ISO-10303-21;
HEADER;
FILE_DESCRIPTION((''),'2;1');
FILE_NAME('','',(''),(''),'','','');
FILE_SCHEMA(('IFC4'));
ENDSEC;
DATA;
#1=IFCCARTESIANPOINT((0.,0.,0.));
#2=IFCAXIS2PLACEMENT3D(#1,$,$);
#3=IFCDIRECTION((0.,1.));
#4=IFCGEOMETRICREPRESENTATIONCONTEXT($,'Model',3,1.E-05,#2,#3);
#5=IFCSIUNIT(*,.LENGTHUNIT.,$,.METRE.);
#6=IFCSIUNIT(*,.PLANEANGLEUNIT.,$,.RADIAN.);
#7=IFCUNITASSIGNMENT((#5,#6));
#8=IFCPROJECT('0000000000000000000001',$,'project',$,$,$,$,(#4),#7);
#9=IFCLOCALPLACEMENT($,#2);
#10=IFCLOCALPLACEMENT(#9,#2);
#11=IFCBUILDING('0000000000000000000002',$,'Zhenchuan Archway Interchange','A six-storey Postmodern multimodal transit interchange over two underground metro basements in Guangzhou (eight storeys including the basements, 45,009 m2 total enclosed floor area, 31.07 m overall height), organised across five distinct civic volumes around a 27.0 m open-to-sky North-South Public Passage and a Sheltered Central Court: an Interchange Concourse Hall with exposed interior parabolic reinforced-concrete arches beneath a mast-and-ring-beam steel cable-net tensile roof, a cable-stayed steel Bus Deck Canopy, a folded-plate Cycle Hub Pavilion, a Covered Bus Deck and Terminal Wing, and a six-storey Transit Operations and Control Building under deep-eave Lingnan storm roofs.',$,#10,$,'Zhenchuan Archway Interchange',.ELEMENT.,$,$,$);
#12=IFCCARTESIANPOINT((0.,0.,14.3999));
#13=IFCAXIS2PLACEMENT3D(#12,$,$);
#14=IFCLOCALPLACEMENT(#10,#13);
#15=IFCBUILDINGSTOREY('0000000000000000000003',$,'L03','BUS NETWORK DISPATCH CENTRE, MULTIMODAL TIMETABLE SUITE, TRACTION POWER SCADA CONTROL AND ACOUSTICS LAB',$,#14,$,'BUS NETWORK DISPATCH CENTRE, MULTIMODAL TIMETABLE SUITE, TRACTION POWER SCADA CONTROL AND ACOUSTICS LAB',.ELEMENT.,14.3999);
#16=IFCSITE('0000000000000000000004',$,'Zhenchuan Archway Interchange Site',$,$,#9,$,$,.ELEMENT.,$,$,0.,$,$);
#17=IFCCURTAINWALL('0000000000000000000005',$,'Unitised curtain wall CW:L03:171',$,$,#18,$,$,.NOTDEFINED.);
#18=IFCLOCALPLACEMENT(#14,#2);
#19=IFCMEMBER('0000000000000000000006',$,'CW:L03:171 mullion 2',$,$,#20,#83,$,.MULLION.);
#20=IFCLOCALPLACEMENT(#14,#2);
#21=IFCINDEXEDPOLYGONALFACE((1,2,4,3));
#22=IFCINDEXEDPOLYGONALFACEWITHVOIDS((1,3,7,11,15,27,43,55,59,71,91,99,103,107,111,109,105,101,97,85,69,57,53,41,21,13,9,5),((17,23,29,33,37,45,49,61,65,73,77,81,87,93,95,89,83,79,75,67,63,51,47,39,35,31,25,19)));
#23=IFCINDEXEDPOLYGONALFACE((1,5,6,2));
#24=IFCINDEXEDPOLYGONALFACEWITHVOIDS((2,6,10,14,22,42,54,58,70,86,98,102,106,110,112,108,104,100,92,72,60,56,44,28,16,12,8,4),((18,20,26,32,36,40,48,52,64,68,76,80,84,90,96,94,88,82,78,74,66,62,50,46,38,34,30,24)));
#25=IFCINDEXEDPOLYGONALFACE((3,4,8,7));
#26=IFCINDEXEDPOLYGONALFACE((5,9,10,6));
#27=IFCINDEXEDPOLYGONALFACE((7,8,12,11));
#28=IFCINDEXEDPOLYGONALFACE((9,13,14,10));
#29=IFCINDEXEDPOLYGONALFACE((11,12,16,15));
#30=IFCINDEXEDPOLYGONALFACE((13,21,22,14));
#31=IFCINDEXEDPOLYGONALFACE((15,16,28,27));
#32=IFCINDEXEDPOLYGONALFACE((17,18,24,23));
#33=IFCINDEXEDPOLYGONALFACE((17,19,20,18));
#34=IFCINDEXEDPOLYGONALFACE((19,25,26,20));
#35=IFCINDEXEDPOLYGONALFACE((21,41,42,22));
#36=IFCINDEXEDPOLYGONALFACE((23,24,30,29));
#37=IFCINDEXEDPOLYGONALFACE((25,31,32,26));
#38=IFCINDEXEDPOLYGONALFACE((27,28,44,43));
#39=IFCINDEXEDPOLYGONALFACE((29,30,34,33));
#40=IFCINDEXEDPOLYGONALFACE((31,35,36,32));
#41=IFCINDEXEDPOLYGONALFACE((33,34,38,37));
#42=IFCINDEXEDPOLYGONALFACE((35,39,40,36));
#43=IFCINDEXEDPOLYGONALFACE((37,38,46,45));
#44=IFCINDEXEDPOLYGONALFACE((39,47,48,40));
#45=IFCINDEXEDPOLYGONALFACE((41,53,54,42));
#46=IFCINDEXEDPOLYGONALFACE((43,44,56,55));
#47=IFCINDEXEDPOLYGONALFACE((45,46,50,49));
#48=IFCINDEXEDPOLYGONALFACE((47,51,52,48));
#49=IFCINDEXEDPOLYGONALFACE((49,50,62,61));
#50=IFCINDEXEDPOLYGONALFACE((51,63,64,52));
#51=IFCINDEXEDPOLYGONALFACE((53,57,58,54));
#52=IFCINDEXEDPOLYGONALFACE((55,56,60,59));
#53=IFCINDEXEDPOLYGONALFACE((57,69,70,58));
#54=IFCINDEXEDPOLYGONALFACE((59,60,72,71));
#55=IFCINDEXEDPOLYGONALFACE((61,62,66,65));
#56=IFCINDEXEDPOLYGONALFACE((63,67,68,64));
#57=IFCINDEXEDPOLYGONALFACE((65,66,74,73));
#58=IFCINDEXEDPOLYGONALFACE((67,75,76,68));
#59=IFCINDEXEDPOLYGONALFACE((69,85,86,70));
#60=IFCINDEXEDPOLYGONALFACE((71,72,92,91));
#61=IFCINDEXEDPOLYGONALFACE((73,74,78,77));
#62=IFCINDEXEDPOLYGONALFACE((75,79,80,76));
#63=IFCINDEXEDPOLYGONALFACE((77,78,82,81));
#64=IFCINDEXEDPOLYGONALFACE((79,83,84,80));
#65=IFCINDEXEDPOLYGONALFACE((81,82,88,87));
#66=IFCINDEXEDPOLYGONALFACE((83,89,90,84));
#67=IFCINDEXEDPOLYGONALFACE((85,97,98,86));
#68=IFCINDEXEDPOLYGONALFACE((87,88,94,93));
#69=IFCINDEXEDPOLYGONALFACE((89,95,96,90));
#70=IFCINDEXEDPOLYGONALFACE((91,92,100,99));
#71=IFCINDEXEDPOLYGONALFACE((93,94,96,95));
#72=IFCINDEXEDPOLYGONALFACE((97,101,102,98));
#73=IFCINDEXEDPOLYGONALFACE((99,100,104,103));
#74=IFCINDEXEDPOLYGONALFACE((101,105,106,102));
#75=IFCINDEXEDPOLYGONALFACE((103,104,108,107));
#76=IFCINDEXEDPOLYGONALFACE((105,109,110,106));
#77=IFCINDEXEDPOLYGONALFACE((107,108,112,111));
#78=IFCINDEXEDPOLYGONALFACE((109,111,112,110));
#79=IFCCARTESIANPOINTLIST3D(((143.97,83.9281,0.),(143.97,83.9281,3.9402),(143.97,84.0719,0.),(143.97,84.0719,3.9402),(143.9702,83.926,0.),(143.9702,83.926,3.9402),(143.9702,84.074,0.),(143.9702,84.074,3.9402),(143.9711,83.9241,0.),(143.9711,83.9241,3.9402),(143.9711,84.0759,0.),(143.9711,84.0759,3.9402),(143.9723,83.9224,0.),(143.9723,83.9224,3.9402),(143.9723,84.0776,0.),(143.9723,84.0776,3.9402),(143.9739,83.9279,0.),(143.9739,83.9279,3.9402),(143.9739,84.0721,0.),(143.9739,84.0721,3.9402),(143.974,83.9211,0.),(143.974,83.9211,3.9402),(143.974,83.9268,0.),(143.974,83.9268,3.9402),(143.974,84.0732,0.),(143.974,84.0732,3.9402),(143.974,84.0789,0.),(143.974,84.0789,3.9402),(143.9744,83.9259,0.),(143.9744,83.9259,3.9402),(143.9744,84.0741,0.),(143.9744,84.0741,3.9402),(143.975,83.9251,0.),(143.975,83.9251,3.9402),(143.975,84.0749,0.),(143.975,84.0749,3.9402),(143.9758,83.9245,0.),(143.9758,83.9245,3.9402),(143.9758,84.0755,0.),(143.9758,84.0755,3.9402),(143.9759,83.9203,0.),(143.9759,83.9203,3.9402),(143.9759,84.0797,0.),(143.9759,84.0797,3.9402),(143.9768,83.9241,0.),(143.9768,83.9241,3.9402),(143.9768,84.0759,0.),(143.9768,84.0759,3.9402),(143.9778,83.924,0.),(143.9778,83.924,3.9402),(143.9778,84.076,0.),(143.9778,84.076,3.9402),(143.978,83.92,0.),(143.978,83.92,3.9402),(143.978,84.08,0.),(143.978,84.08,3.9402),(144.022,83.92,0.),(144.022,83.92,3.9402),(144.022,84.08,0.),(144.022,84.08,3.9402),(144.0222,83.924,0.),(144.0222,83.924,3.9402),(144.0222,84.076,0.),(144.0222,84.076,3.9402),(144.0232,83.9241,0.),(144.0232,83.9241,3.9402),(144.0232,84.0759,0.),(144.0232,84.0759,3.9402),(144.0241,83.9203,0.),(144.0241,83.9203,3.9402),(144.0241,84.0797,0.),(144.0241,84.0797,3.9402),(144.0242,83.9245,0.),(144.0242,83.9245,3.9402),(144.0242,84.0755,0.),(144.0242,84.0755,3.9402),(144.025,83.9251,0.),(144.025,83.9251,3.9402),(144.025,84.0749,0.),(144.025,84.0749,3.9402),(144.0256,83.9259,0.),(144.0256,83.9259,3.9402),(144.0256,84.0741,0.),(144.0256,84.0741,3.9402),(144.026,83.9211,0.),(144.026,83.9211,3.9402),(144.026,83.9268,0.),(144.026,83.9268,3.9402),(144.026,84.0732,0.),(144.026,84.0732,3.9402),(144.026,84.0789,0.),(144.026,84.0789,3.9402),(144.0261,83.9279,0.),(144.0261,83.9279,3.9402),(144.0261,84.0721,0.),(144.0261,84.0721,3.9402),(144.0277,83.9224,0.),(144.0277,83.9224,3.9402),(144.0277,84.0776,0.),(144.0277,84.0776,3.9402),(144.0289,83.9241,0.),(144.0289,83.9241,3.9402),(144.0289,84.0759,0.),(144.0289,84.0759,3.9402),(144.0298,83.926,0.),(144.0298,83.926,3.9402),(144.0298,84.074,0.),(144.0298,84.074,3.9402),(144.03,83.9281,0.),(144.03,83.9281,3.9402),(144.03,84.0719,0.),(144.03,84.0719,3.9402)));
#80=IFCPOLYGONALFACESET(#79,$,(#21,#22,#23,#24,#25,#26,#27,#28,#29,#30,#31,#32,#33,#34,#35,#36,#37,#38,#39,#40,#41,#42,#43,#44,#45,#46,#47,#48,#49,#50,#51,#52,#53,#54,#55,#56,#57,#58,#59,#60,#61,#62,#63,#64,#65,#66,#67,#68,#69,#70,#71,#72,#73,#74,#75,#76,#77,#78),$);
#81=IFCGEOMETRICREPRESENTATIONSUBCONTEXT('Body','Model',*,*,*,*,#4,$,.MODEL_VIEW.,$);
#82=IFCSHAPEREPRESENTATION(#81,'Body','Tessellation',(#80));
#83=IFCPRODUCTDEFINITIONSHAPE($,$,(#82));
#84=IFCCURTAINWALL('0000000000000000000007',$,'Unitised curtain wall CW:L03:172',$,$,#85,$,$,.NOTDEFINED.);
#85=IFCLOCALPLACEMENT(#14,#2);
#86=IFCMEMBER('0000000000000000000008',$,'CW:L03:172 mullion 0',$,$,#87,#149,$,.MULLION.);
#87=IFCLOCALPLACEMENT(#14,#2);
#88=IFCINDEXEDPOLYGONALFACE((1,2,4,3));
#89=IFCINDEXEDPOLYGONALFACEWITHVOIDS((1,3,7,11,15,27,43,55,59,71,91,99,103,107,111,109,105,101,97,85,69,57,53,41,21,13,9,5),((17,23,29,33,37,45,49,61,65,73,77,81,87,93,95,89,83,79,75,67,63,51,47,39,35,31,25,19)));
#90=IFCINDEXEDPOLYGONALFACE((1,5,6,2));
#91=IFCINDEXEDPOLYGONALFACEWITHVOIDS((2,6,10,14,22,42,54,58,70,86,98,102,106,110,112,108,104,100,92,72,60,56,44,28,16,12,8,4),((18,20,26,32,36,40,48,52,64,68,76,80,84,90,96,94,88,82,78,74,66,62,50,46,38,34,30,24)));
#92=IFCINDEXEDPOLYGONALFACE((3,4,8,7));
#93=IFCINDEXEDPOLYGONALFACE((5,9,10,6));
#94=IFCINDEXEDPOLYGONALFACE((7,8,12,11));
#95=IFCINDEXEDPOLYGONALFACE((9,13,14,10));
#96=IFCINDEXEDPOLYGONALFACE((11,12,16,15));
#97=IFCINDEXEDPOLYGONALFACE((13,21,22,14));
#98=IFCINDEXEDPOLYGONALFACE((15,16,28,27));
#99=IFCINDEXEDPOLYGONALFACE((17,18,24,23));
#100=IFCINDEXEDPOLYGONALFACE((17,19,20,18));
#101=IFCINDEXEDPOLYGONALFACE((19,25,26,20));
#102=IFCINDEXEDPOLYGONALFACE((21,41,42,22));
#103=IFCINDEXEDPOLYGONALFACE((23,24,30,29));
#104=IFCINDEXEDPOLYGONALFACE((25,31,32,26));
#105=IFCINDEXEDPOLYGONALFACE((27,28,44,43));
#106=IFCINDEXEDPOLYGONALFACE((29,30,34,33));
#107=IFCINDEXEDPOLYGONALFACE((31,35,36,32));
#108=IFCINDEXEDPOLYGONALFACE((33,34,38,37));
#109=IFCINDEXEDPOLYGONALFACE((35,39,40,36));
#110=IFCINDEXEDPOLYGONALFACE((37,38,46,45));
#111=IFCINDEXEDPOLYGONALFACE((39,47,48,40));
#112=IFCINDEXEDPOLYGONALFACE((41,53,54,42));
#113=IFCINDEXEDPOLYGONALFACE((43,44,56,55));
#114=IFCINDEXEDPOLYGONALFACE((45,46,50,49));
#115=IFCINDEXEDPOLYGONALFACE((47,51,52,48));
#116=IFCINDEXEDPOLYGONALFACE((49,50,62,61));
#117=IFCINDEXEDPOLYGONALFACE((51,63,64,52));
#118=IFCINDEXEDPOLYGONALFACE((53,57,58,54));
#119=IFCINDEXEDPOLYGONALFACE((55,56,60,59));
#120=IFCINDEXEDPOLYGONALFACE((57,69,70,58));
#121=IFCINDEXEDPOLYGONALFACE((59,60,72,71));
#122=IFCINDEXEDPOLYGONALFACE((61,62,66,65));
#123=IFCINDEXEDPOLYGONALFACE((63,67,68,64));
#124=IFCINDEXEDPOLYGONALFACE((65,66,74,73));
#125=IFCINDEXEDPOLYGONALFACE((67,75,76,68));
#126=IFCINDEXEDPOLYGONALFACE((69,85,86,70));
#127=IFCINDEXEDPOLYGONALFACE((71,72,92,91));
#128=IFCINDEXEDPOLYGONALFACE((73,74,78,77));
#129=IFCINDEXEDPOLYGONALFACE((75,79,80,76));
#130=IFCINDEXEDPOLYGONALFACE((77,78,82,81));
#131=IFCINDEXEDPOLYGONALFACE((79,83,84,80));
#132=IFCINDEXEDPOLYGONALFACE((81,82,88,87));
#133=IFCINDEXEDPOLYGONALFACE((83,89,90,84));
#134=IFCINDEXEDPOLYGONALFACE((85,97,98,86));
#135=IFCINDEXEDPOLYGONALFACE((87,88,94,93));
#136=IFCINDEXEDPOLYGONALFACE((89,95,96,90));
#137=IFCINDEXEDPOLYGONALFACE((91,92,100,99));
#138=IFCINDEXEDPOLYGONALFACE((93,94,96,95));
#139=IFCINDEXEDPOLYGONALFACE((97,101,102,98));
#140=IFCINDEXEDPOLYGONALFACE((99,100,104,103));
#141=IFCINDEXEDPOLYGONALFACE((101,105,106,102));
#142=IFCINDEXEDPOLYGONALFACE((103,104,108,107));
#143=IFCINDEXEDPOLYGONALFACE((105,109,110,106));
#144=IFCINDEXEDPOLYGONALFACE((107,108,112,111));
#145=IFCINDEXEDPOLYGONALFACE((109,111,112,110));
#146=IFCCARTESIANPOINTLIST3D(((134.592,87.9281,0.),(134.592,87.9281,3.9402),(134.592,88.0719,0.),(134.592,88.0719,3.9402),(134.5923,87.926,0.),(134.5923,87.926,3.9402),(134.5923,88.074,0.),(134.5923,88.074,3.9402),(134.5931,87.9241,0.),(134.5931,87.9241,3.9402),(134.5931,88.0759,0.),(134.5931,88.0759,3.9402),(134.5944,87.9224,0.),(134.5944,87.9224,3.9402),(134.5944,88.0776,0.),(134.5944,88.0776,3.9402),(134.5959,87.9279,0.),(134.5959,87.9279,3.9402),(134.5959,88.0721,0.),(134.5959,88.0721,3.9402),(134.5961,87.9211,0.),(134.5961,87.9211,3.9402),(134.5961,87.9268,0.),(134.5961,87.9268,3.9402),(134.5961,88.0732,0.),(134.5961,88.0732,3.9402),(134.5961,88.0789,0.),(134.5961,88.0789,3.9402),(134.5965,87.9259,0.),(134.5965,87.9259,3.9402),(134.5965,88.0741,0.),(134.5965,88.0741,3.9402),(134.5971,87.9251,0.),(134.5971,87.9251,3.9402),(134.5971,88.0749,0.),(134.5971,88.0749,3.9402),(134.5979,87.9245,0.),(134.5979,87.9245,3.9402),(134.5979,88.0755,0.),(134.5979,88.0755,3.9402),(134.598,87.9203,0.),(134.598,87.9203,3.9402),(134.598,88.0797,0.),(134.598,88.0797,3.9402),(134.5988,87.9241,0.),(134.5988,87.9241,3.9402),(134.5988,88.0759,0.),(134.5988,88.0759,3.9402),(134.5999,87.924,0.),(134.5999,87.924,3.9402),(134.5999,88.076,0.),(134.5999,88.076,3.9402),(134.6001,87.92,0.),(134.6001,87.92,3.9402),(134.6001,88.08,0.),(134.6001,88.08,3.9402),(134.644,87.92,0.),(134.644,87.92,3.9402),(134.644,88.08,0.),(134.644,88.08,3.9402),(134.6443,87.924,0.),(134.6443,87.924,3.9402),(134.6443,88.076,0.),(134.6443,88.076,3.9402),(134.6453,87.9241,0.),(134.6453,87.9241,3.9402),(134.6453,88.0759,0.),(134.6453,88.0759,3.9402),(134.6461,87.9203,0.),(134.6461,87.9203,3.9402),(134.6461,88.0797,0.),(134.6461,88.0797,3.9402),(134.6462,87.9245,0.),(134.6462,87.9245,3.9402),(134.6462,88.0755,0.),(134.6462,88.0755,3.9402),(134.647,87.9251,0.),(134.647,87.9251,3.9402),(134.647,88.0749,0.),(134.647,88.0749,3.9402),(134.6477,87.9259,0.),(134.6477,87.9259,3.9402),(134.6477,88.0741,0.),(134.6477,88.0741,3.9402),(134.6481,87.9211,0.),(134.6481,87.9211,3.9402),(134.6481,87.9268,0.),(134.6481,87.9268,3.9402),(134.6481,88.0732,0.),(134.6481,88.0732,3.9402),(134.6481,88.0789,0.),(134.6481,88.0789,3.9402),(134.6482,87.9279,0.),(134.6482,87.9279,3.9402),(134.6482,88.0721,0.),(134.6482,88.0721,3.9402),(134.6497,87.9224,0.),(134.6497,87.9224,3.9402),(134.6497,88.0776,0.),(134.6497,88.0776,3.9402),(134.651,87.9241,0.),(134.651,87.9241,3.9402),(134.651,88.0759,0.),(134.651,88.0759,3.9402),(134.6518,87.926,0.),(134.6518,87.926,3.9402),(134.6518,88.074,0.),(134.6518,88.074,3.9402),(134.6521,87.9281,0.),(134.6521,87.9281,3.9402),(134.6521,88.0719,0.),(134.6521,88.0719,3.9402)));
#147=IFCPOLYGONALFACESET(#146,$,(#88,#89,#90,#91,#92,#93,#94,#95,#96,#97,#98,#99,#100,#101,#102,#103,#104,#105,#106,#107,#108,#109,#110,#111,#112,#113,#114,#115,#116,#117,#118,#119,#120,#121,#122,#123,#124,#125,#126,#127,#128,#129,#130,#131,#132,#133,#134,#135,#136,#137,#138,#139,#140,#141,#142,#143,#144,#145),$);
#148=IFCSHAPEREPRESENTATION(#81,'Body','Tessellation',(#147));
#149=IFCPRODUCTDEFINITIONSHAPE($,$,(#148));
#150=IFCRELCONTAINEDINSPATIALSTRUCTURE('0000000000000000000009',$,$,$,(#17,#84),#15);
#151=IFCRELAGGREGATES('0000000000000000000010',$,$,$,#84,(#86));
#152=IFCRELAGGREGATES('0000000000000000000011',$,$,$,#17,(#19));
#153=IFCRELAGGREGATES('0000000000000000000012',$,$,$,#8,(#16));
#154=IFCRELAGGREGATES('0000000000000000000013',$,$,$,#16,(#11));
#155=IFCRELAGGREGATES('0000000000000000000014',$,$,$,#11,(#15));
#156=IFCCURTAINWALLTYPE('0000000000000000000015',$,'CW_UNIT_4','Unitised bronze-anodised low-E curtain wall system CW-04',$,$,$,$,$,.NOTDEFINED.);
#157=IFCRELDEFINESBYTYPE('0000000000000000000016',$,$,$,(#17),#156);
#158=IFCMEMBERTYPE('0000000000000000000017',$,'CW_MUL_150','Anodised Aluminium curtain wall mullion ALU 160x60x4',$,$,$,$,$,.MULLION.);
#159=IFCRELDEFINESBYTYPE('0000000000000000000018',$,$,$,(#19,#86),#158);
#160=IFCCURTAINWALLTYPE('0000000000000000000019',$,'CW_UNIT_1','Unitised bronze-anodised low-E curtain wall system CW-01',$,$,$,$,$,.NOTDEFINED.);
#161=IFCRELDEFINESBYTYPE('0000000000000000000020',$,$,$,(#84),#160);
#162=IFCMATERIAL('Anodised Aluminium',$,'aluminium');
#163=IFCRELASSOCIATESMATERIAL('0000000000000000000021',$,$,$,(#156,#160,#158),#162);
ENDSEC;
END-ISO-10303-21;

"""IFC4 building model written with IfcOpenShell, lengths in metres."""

from ifc_helpers import new_model, si_unit, direction, frame, origin, origin_2d, place, context, subcontext, project, spatial, hollow_rectangle, extrude, material, material_profile, profile_set, type_object, element, aggregate, save


model = new_model("IFC4")

# Units and contexts
model_context = context("Model", 3, precision=1e-05, world=origin(), true_north=direction((0.0, 1.0)))
body_context = subcontext(model_context, "Body", "Model", "MODEL_VIEW")
ifc_project = project(units=[si_unit("LENGTHUNIT", "METRE"), si_unit("PLANEANGLEUNIT", "RADIAN")], contexts=[model_context])

# Site, building, storey
site_placement = place(None, origin())
site = spatial("IfcSite", under=ifc_project, at=site_placement, Name="Zhenchuan Archway Interchange Site", CompositionType="ELEMENT", RefElevation=0.0)
building_placement = place(site_placement, origin())
building = spatial("IfcBuilding", under=site, at=building_placement, Name="Zhenchuan Archway Interchange", Description="A six-storey Postmodern multimodal transit interchange over two underground metro basements in Guangzhou (eight storeys including the basements, 45,009 m2 total enclosed floor area, 31.07 m overall height), organised across five distinct civic volumes around a 27.0 m open-to-sky North-South Public Passage and a Sheltered Central Court: an Interchange Concourse Hall with exposed interior parabolic reinforced-concrete arches beneath a mast-and-ring-beam steel cable-net tensile roof, a cable-stayed steel Bus Deck Canopy, a folded-plate Cycle Hub Pavilion, a Covered Bus Deck and Terminal Wing, and a six-storey Transit Operations and Control Building under deep-eave Lingnan storm roofs.", LongName="Zhenchuan Archway Interchange", CompositionType="ELEMENT")
storey_placement = place(building_placement, frame((0.0, 0.0, 14.3999)))
storey = spatial("IfcBuildingStorey", under=building, at=storey_placement, Name="L03", Description="BUS NETWORK DISPATCH CENTRE, MULTIMODAL TIMETABLE SUITE, TRACTION POWER SCADA CONTROL AND ACOUSTICS LAB", LongName="BUS NETWORK DISPATCH CENTRE, MULTIMODAL TIMETABLE SUITE, TRACTION POWER SCADA CONTROL AND ACOUSTICS LAB", CompositionType="ELEMENT", Elevation=14.3999)

# Curtain walls, members
ifc_material_1 = material(Name="Anodised Aluminium", Category="aluminium")
curtain_wall_type_1 = type_object("IfcCurtainWallType", Name="CW_UNIT_4", Description="Unitised bronze-anodised low-E curtain wall system CW-04", PredefinedType="NOTDEFINED", material=ifc_material_1)
curtain_wall_1_placement = place(storey_placement, origin())
curtain_wall_1 = element("IfcCurtainWall", 1, at=curtain_wall_1_placement, inside=storey, type_object=curtain_wall_type_1, Name="Unitised curtain wall CW:L03:171", PredefinedType="NOTDEFINED")
ifc_material_profile_1 = material_profile(ifc_material_1, hollow_rectangle(XDim=0.0601, YDim=0.1599, WallThickness=0.0039, InnerFilletRadius=0.0039, OuterFilletRadius=0.0081, at=origin_2d()), Name="ALU 160x60x4")
ifc_profile_set_1 = profile_set([ifc_material_profile_1], Name="Anodised Aluminium")
member_type_1 = type_object("IfcMemberType", Name="CW_MUL_150", Description="Anodised Aluminium curtain wall mullion ALU 160x60x4", PredefinedType="MULLION", material=ifc_profile_set_1)
member_1_placement = place(storey_placement, frame((144.0, 84.0, 0.0), z_axis=(0.0, 0.0, 1.0), x_axis=(1.0, 0.0, 0.0)))
member_1 = element("IfcMember", 2, at=member_1_placement, type_object=member_type_1, Name="CW:L03:171 mullion 2", PredefinedType="MULLION", context=body_context, shape_type="SweptSolid", body=[
    extrude(hollow_rectangle(XDim=0.0601, YDim=0.1599, WallThickness=0.0039, InnerFilletRadius=0.0039, OuterFilletRadius=0.0081, at=origin_2d()), origin(), (0.0, 0.0, 1.0), 3.9402),
])
curtain_wall_type_2 = type_object("IfcCurtainWallType", Name="CW_UNIT_1", Description="Unitised bronze-anodised low-E curtain wall system CW-01", PredefinedType="NOTDEFINED", material=ifc_material_1)
curtain_wall_2_placement = place(storey_placement, origin())
curtain_wall_2 = element("IfcCurtainWall", 3, at=curtain_wall_2_placement, inside=storey, type_object=curtain_wall_type_2, Name="Unitised curtain wall CW:L03:172", PredefinedType="NOTDEFINED")
member_2_placement = place(storey_placement, frame((134.6221, 88.0, 0.0), z_axis=(0.0, 0.0, 1.0), x_axis=(1.0, 0.0, 0.0)))
member_2 = element("IfcMember", 4, at=member_2_placement, type_object=member_type_1, Name="CW:L03:172 mullion 0", PredefinedType="MULLION", context=body_context, shape_type="SweptSolid", body=[
    extrude(hollow_rectangle(XDim=0.0601, YDim=0.1599, WallThickness=0.0039, InnerFilletRadius=0.0039, OuterFilletRadius=0.0081, at=origin_2d()), origin(), (0.0, 0.0, 1.0), 3.9402),
])

aggregate(curtain_wall_2, [member_2])
aggregate(curtain_wall_1, [member_1])

save(model, "model.ifc")
